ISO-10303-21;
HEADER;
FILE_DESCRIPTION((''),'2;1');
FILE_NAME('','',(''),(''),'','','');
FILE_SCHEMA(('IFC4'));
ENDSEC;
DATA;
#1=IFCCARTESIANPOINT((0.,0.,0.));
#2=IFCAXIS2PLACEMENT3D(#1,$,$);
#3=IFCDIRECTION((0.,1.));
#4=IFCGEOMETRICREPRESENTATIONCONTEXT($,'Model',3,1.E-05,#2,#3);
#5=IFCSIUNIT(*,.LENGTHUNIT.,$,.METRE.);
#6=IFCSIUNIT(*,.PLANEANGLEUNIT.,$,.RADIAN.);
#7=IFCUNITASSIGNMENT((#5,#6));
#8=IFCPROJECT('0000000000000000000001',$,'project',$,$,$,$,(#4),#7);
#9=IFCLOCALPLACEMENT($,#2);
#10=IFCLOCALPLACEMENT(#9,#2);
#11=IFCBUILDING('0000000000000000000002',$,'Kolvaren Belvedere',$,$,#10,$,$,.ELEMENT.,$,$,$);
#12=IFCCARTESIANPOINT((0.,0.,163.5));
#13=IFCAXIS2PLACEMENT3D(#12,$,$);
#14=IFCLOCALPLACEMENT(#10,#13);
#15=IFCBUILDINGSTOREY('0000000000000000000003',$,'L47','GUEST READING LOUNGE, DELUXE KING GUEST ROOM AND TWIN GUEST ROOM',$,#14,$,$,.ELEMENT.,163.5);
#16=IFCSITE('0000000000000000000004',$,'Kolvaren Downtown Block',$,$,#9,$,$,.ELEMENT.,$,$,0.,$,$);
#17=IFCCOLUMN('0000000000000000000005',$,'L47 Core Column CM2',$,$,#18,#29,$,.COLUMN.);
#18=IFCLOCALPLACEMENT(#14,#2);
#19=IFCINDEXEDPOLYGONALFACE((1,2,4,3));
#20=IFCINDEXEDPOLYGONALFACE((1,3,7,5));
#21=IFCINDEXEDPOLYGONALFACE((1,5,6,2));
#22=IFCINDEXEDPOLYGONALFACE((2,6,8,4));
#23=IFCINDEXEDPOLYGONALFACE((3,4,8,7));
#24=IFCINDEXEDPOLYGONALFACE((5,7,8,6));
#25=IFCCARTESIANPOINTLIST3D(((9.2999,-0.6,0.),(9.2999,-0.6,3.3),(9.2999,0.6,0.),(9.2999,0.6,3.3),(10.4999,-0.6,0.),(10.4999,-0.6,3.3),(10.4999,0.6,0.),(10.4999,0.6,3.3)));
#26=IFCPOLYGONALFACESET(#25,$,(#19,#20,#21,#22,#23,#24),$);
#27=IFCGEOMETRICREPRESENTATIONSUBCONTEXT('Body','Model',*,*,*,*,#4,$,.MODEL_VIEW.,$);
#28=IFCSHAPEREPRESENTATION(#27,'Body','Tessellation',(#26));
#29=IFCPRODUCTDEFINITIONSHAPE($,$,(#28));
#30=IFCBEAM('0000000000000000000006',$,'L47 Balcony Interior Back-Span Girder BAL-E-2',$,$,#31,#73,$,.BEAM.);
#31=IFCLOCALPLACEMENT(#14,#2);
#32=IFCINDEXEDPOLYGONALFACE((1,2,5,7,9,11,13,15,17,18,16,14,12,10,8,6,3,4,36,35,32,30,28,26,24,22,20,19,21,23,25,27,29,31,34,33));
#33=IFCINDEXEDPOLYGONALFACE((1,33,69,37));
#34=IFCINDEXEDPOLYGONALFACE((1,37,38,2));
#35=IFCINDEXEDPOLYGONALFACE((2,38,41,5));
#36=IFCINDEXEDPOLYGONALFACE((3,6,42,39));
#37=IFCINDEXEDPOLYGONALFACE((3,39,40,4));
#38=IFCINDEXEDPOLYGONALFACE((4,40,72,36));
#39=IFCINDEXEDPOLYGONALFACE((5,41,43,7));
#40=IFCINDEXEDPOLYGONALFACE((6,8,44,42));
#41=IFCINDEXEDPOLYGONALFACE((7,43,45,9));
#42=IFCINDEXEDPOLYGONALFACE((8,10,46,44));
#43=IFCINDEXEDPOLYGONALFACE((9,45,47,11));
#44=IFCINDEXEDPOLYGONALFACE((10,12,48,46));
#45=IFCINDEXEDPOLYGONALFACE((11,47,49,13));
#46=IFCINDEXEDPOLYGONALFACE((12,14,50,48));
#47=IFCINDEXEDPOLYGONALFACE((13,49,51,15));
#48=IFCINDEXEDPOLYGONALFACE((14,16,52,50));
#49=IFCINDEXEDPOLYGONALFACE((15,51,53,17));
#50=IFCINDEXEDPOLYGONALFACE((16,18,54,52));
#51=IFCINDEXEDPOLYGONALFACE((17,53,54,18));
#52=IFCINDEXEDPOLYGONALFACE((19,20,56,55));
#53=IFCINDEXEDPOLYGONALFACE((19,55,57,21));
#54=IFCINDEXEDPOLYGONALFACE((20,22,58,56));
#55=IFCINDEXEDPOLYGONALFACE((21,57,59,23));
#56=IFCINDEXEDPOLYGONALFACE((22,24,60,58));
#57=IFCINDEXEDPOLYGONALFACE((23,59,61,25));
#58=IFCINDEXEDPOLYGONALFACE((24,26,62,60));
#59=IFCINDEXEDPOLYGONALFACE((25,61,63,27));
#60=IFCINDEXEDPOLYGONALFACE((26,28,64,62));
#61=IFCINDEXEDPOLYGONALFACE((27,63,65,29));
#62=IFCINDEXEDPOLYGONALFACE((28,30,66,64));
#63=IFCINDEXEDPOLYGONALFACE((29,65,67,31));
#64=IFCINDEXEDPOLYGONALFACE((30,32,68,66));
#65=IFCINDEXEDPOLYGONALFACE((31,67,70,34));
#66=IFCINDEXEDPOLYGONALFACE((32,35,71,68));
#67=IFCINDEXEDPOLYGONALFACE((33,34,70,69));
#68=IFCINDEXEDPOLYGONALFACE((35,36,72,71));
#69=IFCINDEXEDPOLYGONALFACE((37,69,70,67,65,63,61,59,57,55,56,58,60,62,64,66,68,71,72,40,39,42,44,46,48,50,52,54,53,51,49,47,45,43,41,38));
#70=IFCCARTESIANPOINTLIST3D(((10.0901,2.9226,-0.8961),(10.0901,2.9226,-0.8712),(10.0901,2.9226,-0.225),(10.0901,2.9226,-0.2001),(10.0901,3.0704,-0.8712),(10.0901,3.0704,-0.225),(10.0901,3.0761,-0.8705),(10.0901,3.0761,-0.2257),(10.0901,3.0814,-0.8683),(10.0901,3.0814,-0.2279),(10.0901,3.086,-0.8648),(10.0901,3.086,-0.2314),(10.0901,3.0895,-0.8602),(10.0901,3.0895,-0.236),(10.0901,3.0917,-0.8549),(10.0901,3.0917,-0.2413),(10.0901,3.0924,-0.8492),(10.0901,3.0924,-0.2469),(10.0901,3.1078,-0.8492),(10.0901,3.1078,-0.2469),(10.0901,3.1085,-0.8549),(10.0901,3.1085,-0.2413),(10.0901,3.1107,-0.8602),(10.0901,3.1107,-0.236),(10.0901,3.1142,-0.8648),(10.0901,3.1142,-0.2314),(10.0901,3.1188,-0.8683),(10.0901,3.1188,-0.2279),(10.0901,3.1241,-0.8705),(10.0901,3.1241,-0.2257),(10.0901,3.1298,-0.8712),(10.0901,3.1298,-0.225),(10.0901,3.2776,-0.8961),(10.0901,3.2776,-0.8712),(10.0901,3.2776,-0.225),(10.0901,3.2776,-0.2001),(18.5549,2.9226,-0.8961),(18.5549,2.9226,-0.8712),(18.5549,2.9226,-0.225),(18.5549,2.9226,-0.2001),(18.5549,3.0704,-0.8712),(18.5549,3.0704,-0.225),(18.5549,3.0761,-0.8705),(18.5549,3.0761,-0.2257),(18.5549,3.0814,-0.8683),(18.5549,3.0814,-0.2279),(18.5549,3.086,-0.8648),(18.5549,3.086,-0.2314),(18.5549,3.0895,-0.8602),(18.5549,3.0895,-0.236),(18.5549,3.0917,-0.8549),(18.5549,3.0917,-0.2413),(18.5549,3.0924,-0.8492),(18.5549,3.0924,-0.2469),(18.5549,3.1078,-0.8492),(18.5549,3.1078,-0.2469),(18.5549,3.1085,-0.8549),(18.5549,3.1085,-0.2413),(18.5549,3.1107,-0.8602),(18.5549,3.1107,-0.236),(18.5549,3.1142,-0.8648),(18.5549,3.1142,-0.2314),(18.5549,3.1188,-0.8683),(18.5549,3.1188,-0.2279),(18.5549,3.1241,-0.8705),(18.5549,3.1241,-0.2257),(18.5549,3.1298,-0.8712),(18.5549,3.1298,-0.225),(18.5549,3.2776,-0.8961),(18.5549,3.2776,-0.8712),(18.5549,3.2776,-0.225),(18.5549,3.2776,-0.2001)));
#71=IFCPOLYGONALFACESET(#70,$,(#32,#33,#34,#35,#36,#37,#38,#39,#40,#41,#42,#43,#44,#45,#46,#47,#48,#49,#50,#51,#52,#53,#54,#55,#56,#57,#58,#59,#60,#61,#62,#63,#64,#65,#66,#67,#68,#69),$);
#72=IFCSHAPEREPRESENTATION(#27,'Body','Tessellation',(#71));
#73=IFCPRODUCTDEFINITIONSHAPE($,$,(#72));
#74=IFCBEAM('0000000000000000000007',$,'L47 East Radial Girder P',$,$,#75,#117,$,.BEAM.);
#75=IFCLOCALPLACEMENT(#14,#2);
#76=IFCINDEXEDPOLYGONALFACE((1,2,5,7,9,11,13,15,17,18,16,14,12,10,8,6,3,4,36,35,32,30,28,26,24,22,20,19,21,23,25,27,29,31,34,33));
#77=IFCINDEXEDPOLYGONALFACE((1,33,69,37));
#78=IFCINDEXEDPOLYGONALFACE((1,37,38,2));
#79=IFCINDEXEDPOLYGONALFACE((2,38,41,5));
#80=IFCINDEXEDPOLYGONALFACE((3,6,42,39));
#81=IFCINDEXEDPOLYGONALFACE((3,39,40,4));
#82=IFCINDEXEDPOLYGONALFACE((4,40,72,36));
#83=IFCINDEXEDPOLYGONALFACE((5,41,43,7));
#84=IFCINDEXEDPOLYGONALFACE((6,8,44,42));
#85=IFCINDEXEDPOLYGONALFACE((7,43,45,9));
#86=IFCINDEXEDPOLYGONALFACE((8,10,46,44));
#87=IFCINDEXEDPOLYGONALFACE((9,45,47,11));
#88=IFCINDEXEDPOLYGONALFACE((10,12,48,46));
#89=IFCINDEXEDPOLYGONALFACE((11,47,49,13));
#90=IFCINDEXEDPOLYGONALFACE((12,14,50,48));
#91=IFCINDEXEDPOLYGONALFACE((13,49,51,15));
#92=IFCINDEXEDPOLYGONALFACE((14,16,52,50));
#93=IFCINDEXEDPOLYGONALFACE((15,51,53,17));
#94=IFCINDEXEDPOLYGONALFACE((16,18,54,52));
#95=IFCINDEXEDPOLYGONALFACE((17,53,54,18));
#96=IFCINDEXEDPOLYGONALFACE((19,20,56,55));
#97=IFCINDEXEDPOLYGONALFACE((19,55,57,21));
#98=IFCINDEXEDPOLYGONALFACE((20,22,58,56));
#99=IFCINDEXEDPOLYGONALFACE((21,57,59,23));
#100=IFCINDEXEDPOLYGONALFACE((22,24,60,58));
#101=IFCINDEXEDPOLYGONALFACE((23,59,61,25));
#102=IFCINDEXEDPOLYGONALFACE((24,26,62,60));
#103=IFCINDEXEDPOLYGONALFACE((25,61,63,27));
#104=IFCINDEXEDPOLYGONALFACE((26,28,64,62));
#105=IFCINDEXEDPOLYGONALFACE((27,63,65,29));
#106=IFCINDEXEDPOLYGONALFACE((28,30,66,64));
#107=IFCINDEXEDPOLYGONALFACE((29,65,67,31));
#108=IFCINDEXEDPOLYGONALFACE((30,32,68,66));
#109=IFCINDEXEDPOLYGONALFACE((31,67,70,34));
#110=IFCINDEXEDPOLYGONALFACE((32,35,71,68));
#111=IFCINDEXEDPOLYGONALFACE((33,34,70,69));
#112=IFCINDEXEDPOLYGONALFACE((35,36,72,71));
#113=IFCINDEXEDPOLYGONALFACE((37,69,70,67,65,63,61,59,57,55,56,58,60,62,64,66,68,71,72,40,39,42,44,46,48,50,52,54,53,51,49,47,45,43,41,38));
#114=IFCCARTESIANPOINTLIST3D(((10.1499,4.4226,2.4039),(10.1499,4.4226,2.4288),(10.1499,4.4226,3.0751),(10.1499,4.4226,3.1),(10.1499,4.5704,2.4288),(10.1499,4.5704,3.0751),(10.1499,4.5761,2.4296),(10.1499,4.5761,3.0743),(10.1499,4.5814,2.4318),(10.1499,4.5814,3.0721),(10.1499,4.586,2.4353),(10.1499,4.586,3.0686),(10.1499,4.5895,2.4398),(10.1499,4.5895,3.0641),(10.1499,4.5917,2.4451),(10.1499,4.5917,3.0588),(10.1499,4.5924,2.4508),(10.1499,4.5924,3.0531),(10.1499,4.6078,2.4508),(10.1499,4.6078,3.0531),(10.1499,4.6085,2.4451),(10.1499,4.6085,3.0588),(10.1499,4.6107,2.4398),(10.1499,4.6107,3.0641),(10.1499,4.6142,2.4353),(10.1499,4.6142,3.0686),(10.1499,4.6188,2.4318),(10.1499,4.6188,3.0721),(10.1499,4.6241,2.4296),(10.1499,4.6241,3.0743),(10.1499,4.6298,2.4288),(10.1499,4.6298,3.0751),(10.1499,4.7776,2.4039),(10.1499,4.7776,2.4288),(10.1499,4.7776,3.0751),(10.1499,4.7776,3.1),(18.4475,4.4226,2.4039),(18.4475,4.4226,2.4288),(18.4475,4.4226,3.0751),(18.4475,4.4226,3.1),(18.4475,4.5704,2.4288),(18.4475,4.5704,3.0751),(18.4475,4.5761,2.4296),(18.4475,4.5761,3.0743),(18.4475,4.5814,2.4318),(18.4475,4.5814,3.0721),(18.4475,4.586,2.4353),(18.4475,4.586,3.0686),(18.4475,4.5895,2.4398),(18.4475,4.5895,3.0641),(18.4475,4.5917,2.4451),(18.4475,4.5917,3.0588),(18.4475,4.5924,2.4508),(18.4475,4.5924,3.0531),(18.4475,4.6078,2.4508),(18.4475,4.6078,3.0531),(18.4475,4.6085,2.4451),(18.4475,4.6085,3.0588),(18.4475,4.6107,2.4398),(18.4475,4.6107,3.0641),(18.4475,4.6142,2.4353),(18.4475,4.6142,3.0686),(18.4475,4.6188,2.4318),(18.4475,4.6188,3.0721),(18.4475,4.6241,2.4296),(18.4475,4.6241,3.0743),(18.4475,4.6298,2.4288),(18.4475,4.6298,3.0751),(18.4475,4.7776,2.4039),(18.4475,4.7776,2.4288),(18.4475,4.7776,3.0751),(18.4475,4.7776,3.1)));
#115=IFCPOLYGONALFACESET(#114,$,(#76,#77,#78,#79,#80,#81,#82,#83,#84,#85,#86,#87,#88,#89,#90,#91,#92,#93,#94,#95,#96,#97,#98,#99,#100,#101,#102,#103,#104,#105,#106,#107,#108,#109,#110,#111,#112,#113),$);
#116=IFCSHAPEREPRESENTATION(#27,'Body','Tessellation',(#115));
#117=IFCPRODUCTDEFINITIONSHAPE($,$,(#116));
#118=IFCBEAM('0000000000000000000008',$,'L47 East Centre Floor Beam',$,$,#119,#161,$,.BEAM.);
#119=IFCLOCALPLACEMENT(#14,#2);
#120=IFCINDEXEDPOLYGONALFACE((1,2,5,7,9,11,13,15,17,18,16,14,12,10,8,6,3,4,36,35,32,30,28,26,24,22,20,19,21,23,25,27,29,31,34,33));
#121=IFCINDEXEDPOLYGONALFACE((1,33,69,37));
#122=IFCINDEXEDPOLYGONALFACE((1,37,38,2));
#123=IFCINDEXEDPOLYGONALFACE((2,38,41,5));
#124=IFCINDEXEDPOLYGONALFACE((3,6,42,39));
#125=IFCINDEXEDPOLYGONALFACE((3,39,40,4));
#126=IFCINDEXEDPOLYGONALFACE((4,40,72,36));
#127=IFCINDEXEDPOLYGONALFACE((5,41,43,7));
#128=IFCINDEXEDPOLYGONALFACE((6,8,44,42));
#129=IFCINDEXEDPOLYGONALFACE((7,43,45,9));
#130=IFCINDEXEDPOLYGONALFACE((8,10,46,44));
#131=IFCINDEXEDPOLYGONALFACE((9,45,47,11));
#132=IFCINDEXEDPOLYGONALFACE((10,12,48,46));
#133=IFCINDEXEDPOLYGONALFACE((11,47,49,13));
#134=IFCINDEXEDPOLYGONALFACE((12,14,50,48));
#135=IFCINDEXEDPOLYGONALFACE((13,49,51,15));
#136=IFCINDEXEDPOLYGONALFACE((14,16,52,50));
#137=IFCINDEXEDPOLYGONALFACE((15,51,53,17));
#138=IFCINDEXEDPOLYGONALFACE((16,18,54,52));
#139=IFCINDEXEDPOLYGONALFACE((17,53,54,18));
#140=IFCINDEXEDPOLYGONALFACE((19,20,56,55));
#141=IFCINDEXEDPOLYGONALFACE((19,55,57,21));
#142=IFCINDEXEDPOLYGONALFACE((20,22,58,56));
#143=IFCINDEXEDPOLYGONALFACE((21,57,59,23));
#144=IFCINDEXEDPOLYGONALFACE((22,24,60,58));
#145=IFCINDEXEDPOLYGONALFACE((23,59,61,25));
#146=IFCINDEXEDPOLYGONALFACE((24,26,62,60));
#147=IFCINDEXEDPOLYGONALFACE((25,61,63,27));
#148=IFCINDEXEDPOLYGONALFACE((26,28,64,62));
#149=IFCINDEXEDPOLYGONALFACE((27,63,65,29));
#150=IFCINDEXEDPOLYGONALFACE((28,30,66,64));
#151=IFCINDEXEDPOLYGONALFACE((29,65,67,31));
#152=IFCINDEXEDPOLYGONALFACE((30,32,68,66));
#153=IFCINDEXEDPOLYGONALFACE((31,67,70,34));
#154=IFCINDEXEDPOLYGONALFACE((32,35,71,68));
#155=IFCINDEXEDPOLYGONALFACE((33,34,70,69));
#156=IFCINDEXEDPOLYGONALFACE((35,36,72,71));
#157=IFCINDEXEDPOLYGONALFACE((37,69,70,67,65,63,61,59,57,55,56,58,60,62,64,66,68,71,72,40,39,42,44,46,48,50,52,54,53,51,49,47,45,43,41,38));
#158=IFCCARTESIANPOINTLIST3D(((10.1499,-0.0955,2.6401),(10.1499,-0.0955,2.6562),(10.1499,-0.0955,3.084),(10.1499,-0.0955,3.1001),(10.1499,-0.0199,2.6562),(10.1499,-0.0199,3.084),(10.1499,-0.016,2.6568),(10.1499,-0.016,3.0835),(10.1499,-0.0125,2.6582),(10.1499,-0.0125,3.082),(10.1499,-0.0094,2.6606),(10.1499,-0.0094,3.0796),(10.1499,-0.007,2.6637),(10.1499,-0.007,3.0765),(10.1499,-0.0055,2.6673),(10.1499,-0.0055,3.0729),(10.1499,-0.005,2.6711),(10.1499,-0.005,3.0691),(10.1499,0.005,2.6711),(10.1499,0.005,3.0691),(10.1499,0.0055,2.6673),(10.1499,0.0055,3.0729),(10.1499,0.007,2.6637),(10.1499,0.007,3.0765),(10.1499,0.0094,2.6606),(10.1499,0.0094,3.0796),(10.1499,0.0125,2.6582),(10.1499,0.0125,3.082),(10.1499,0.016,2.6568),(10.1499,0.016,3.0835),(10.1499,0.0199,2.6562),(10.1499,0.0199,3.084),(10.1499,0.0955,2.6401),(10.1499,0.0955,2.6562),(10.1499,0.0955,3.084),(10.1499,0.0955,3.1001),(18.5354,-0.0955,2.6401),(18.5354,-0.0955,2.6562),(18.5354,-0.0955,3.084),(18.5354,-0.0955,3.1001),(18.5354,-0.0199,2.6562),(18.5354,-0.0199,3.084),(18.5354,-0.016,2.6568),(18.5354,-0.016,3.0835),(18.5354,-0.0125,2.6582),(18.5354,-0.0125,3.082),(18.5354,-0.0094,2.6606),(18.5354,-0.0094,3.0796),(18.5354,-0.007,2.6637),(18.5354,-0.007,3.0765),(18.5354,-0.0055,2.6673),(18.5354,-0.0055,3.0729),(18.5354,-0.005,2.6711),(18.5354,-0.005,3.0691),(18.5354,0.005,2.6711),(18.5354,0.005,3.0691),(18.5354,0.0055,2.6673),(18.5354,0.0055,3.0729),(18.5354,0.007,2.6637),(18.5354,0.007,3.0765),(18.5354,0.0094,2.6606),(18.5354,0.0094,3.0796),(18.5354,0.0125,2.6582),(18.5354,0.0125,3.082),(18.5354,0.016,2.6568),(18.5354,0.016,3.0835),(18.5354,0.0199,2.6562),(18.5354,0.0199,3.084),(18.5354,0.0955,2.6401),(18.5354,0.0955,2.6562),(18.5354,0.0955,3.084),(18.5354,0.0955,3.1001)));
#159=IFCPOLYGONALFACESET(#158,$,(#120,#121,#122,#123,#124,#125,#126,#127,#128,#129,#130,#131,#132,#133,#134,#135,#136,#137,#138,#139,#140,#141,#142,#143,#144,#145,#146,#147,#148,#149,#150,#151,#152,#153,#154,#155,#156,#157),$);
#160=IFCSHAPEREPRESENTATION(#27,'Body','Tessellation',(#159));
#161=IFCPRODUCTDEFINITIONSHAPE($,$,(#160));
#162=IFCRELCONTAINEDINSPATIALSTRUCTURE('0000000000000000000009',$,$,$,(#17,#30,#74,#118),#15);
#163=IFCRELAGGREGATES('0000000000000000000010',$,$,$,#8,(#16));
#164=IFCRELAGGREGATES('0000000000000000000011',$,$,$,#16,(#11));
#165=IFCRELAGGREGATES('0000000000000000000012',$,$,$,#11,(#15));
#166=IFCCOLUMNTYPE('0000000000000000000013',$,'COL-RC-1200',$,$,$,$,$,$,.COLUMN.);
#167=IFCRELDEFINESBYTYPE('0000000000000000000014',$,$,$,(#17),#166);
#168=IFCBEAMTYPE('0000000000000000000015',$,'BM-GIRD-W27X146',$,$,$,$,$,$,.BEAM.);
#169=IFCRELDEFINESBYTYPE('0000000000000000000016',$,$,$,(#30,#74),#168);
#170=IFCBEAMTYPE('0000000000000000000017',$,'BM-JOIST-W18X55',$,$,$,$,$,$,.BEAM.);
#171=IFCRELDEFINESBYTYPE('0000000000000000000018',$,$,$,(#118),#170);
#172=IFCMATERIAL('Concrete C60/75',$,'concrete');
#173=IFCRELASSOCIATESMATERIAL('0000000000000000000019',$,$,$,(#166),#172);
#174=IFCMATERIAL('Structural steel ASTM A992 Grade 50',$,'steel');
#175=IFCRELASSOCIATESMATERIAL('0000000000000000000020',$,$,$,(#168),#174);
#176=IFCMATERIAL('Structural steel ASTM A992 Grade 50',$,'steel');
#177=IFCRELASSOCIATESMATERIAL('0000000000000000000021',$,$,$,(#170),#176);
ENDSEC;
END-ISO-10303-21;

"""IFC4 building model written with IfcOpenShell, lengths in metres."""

from ifc_helpers import new_model, si_unit, direction, frame, origin, origin_2d, place, context, subcontext, project, spatial, rectangle, i_section, extrude, material, material_profile, profile_set, type_object, element, save


model = new_model("IFC4")

# Units and contexts
model_context = context("Model", 3, precision=1e-05, world=origin(), true_north=direction((0.0, 1.0)))
body_context = subcontext(model_context, "Body", "Model", "MODEL_VIEW")
ifc_project = project(units=[si_unit("LENGTHUNIT", "METRE"), si_unit("PLANEANGLEUNIT", "RADIAN")], contexts=[model_context])

# Site, building, storey
site_placement = place(None, origin())
site = spatial("IfcSite", under=ifc_project, at=site_placement, Name="Kolvaren Downtown Block", CompositionType="ELEMENT", RefElevation=0.0)
building_placement = place(site_placement, origin())
building = spatial("IfcBuilding", under=site, at=building_placement, Name="Kolvaren Belvedere", CompositionType="ELEMENT")
storey_placement = place(building_placement, frame((0.0, 0.0, 163.5)))
storey = spatial("IfcBuildingStorey", under=building, at=storey_placement, Name="L47", Description="GUEST READING LOUNGE, DELUXE KING GUEST ROOM AND TWIN GUEST ROOM", CompositionType="ELEMENT", Elevation=163.5)

# Column
ifc_material_1 = material(Name="Concrete C60/75", Category="concrete")
ifc_material_profile_1 = material_profile(ifc_material_1, rectangle(XDim=1.2, YDim=1.2, at=origin_2d()), Name="RC 1200X1200")
ifc_profile_set_1 = profile_set([ifc_material_profile_1], Name="Concrete C60/75")
column_type = type_object("IfcColumnType", Name="COL-RC-1200", PredefinedType="COLUMN", material=ifc_profile_set_1)
column_placement = place(storey_placement, frame((9.8999, 0.0, 0.0), z_axis=(0.0, 0.0, 1.0), x_axis=(1.0, 0.0, 0.0)))
element("IfcColumn", 1, at=column_placement, inside=storey, type_object=column_type, Name="L47 Core Column CM2", PredefinedType="COLUMN", context=body_context, shape_type="SweptSolid", body=[
    extrude(rectangle(XDim=1.2, YDim=1.2, at=origin_2d()), origin(), (0.0, 0.0, 1.0), 3.3),
])

# Beams
ifc_material_2 = material(Name="Structural steel ASTM A992 Grade 50", Category="steel")
ifc_material_profile_2 = material_profile(ifc_material_2, i_section(OverallWidth=0.355, OverallDepth=0.696, WebThickness=0.0154, FlangeThickness=0.0249, FilletRadius=0.022, at=origin_2d()), Name="W27X146")
ifc_profile_set_2 = profile_set([ifc_material_profile_2], Name="Structural steel ASTM A992 Grade 50")
beam_type_1 = type_object("IfcBeamType", Name="BM-GIRD-W27X146", PredefinedType="BEAM", material=ifc_profile_set_2)
beam_1_placement = place(storey_placement, frame((10.0901, 3.1001, -0.5481), z_axis=(1.0, 0.0, 0.0), x_axis=(0.0, 1.0, 0.0)))
element("IfcBeam", 2, at=beam_1_placement, inside=storey, type_object=beam_type_1, Name="L47 Balcony Interior Back-Span Girder BAL-E-2", PredefinedType="BEAM", context=body_context, shape_type="SweptSolid", body=[
    extrude(i_section(OverallWidth=0.355, OverallDepth=0.696, WebThickness=0.0154, FlangeThickness=0.0249, FilletRadius=0.022, at=origin_2d()), origin(), (0.0, 0.0, 1.0), 8.4648),
])
beam_2_placement = place(storey_placement, frame((10.1499, 4.6001, 2.752), z_axis=(1.0, 0.0, 0.0), x_axis=(0.0, 1.0, 0.0)))
element("IfcBeam", 3, at=beam_2_placement, inside=storey, type_object=beam_type_1, Name="L47 East Radial Girder P", PredefinedType="BEAM", context=body_context, shape_type="SweptSolid", body=[
    extrude(i_section(OverallWidth=0.355, OverallDepth=0.696, WebThickness=0.0154, FlangeThickness=0.0249, FilletRadius=0.022, at=origin_2d()), origin(), (0.0, 0.0, 1.0), 8.2976),
])
ifc_material_3 = material(Name="Structural steel ASTM A992 Grade 50", Category="steel")
ifc_material_profile_3 = material_profile(ifc_material_3, i_section(OverallWidth=0.1909, OverallDepth=0.46, WebThickness=0.01, FlangeThickness=0.0161, FilletRadius=0.0149, at=origin_2d()), Name="W18X55")
ifc_profile_set_3 = profile_set([ifc_material_profile_3], Name="Structural steel ASTM A992 Grade 50")
beam_type_2 = type_object("IfcBeamType", Name="BM-JOIST-W18X55", PredefinedType="BEAM", material=ifc_profile_set_3)
beam_3_placement = place(storey_placement, frame((10.1499, 0.0, 2.8701), z_axis=(1.0, 0.0, 0.0), x_axis=(0.0, 1.0, 0.0)))
element("IfcBeam", 4, at=beam_3_placement, inside=storey, type_object=beam_type_2, Name="L47 East Centre Floor Beam", PredefinedType="BEAM", context=body_context, shape_type="SweptSolid", body=[
    extrude(i_section(OverallWidth=0.1909, OverallDepth=0.46, WebThickness=0.01, FlangeThickness=0.0161, FilletRadius=0.0149, at=origin_2d()), origin(), (0.0, 0.0, 1.0), 8.3855),
])

save(model, "model.ifc")
